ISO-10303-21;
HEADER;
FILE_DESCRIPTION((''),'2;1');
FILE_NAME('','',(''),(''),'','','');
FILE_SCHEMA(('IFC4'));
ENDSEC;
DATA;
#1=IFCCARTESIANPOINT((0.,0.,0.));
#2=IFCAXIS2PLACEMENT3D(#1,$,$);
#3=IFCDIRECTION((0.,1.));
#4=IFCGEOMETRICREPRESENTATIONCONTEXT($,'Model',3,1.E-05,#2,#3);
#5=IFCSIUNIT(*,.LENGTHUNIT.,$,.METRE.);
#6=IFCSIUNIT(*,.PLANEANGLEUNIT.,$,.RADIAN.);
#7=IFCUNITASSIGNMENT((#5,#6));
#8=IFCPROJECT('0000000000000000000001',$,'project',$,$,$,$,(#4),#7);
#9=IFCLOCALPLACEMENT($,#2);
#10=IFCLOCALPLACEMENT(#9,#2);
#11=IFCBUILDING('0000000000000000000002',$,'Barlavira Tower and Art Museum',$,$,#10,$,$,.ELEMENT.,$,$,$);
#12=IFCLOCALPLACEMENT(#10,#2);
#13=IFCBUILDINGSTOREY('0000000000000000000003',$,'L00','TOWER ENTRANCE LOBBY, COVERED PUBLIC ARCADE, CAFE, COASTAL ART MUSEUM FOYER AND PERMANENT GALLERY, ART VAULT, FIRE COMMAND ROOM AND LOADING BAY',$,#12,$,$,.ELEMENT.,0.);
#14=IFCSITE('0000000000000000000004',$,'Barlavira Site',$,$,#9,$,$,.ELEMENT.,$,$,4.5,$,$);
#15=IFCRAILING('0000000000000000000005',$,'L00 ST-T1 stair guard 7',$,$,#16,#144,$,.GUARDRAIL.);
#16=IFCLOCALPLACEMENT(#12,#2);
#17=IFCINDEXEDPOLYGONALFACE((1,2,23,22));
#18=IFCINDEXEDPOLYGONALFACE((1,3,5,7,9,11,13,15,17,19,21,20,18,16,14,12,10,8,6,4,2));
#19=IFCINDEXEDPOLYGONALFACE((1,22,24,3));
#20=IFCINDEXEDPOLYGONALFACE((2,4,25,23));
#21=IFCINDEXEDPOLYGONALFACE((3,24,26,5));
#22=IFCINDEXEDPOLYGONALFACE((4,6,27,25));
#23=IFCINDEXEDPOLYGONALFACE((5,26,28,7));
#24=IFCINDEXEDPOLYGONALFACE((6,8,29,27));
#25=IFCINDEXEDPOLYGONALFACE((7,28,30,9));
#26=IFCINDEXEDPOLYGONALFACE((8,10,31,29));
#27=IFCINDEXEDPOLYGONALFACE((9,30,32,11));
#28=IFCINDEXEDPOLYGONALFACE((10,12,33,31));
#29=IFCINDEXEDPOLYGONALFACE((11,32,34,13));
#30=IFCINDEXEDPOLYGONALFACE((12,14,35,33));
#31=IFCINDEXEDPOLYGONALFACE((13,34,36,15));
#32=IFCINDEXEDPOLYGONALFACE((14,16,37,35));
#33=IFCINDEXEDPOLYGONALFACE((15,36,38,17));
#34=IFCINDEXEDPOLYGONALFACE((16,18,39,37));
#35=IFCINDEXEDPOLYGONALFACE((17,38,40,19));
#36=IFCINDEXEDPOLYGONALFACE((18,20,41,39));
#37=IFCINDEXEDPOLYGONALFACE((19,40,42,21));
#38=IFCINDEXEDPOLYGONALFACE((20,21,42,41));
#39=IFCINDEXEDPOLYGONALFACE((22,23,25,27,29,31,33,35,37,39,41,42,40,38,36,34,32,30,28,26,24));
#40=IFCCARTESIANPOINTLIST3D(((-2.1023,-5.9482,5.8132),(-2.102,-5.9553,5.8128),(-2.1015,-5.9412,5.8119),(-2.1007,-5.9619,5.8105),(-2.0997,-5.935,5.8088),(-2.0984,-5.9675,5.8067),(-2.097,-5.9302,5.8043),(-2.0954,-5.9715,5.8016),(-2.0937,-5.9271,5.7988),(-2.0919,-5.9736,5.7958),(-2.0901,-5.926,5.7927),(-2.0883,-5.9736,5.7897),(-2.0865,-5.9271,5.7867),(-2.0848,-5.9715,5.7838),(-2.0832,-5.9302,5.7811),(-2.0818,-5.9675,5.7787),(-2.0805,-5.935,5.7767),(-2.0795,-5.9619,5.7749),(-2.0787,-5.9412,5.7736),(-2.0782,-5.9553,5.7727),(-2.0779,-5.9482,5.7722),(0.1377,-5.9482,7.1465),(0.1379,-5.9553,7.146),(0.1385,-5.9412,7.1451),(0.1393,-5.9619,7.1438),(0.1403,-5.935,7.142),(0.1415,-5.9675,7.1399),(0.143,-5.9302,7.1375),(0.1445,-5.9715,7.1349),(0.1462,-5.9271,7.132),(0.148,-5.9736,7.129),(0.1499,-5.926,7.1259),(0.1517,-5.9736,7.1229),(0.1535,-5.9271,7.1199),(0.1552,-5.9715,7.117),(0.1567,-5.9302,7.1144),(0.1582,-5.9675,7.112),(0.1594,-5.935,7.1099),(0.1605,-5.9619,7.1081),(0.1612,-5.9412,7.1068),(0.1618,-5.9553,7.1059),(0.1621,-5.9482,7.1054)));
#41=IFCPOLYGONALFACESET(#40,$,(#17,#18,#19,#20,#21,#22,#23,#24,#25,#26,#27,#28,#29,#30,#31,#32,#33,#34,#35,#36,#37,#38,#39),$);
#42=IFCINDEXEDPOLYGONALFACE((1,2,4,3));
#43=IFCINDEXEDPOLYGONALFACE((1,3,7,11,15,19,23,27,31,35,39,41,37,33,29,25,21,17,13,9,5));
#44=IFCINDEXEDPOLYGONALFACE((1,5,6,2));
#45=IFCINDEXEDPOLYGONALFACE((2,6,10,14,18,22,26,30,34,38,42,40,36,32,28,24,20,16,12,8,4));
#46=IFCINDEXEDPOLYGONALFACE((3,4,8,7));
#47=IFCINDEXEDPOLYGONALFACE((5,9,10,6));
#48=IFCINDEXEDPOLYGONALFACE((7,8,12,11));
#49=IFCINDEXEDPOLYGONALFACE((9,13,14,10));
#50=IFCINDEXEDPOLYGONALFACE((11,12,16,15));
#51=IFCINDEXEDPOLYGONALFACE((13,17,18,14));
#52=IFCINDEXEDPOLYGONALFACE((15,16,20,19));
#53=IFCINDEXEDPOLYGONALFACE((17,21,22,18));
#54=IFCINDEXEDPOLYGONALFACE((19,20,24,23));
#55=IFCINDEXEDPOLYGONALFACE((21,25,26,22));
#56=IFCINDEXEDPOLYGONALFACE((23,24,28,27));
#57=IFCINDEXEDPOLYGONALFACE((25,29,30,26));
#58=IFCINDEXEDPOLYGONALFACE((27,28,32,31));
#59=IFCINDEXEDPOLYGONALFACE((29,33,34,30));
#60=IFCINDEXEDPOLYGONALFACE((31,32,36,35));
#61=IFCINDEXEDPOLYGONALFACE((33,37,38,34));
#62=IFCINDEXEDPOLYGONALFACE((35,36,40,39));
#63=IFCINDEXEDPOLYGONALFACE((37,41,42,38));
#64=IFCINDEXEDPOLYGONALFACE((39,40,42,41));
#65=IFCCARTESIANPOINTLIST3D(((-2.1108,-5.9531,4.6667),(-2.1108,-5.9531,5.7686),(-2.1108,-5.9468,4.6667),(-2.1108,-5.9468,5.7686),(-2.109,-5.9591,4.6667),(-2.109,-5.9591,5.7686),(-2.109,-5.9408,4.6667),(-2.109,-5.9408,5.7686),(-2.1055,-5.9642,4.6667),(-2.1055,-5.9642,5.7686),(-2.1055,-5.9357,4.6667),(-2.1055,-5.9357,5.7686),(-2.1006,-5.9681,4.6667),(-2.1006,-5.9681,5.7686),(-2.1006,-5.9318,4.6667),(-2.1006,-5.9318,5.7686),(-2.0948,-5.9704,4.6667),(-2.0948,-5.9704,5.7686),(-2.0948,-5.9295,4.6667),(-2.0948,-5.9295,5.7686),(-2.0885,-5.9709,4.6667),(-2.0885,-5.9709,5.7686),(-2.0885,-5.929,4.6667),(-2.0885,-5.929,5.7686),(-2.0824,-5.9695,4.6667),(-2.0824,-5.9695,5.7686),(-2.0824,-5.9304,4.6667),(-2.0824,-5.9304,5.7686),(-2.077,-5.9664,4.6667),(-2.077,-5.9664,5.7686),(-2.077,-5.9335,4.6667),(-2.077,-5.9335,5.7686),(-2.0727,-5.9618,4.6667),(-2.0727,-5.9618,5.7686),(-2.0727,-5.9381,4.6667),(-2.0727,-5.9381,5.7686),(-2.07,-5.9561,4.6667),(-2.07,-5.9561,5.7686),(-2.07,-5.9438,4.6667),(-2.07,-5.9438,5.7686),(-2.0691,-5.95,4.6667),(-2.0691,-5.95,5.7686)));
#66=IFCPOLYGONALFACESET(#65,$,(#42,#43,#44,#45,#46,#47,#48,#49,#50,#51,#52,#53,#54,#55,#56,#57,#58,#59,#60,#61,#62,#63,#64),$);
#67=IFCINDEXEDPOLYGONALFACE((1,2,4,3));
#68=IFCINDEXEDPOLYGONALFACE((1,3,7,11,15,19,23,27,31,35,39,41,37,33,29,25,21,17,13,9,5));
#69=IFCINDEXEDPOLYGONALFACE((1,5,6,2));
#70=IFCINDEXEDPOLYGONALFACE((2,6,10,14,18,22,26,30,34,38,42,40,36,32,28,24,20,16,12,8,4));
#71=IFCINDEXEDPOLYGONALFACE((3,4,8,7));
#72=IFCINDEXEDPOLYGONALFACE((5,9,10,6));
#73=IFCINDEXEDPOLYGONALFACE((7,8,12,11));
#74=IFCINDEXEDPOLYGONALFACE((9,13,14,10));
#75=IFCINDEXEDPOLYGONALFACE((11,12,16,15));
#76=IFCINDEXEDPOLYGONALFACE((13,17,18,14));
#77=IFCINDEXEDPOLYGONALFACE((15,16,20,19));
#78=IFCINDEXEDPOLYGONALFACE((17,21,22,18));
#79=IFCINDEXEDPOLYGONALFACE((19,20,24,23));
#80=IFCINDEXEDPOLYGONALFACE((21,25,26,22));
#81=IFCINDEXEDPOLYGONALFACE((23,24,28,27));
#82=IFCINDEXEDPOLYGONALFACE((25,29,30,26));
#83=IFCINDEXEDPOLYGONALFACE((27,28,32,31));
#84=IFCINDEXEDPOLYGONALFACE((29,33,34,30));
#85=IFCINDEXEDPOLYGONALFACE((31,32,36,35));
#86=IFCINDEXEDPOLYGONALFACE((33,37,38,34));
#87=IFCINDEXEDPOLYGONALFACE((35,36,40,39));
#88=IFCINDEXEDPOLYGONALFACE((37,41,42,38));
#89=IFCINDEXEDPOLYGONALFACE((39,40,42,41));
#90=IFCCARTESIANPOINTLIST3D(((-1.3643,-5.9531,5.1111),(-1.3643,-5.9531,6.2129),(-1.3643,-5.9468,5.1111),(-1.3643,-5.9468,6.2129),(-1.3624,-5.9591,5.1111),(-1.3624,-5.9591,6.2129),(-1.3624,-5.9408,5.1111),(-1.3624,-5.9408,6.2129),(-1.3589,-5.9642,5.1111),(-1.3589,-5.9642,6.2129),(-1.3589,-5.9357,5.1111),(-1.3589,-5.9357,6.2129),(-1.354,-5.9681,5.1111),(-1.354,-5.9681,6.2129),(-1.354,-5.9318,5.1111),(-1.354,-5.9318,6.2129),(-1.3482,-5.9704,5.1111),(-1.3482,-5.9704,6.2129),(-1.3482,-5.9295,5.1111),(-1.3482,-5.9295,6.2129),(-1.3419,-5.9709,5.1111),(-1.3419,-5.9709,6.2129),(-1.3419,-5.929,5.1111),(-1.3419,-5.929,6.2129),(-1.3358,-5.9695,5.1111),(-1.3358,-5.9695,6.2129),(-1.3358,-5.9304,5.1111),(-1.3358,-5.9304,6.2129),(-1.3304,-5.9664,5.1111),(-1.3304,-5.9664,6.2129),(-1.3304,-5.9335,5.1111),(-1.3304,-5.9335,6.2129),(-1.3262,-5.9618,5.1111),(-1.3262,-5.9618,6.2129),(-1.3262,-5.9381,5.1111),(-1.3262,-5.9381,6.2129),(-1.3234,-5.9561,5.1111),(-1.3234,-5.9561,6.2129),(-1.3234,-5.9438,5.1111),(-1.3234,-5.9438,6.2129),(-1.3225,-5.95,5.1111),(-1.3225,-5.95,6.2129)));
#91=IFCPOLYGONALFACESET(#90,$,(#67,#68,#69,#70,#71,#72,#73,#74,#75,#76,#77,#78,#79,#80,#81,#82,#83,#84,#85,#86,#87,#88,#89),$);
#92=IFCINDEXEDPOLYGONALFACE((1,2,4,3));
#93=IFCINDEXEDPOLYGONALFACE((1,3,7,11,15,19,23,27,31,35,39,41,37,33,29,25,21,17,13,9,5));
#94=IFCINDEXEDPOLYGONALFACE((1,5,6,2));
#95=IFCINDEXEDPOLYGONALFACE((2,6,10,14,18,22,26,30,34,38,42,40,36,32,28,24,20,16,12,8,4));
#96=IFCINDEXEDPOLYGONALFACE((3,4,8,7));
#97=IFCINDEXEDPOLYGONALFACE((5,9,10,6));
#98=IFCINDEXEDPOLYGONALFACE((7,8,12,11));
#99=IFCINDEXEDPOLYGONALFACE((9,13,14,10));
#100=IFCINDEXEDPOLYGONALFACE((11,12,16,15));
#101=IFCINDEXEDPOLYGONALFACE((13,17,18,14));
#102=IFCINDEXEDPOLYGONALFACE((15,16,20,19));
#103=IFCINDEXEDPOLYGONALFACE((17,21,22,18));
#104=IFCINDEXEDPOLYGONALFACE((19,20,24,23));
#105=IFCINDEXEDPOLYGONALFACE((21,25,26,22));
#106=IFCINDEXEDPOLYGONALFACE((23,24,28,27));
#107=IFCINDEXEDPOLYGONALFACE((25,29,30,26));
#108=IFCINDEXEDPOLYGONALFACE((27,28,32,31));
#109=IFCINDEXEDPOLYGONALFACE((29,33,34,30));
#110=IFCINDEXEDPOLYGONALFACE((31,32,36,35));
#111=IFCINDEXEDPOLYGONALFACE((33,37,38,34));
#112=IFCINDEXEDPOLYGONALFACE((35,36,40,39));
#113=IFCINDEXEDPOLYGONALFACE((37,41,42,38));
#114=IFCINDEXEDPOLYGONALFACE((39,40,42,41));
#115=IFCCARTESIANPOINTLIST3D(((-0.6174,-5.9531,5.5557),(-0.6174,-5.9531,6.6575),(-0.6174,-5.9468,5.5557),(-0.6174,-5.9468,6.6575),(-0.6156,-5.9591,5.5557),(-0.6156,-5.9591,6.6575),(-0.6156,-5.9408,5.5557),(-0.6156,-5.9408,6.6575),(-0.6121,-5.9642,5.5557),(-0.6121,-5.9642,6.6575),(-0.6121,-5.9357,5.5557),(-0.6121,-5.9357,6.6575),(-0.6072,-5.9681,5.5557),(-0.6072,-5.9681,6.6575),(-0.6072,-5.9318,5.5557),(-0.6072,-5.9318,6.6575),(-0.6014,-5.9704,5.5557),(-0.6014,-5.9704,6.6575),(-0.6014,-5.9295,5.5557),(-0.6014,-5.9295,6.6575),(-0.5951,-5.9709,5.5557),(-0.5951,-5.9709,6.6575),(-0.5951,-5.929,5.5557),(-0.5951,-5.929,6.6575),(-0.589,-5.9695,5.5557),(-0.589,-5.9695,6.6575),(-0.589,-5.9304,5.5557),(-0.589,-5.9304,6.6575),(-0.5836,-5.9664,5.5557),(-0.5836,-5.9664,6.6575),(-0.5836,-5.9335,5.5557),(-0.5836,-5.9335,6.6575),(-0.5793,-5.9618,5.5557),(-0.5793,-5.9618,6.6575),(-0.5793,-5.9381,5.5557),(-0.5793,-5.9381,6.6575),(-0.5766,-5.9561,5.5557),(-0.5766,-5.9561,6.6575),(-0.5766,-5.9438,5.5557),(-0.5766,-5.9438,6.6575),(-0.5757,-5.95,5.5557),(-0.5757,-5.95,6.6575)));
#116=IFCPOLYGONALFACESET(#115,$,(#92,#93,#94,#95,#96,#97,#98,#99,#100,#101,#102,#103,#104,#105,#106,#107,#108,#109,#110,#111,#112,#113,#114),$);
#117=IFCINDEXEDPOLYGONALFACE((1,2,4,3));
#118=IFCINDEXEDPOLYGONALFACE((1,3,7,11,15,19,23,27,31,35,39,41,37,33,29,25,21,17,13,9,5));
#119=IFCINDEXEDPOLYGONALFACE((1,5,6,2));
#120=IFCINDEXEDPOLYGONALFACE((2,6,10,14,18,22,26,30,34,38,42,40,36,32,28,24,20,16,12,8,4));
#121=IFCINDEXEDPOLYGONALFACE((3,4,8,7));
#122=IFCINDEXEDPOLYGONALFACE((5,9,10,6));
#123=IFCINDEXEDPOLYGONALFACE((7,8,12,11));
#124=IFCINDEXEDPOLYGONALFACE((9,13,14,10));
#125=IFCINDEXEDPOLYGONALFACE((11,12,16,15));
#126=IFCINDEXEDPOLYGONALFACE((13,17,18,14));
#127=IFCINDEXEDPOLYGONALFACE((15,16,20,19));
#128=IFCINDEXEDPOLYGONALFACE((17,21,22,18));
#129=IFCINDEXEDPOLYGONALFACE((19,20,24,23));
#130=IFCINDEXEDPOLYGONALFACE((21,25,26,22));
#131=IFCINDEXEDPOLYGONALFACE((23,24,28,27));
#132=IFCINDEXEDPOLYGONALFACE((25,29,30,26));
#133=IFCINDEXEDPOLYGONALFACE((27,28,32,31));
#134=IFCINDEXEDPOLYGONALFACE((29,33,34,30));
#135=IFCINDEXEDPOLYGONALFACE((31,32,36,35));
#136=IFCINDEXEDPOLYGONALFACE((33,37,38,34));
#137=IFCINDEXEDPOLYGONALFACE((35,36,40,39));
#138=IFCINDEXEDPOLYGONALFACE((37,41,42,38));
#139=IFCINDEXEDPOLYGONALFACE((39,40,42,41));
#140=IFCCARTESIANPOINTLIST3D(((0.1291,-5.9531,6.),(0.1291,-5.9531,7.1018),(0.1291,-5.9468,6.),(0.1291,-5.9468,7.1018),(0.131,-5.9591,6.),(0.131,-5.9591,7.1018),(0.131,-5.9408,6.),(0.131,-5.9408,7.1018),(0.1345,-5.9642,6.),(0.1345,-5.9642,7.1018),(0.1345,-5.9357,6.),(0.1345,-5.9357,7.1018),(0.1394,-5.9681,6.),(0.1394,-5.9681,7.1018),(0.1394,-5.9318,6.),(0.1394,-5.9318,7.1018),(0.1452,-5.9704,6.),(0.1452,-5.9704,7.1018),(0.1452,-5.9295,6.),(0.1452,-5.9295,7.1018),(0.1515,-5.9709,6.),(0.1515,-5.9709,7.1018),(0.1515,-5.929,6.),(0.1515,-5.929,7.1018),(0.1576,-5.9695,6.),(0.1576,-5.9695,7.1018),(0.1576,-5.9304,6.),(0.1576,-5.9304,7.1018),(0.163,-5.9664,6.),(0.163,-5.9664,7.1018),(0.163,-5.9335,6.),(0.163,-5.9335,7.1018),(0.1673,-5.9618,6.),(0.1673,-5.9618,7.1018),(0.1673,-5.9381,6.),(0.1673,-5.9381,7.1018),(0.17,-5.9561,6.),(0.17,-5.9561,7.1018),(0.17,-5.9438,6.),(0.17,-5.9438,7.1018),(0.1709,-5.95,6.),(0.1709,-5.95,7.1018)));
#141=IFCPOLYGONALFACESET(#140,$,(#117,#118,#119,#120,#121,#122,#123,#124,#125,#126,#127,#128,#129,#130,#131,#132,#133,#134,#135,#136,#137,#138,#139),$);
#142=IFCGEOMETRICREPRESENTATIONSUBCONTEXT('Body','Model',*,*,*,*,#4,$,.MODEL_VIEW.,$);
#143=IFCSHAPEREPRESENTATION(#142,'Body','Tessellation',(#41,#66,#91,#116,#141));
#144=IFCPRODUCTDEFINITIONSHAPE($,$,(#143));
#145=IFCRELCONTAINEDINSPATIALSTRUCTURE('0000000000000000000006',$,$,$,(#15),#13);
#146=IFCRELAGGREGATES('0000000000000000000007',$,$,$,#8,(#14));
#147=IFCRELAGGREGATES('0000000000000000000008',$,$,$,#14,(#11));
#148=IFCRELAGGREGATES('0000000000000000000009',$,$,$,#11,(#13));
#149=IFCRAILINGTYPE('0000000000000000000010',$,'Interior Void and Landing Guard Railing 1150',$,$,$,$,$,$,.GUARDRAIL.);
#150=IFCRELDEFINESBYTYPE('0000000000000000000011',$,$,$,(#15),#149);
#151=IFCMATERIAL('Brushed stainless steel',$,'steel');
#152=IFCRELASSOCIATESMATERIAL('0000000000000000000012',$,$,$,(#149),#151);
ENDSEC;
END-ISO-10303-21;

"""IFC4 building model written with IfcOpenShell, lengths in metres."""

from ifc_helpers import new_model, si_unit, direction, frame, origin, origin_2d, place, context, subcontext, project, spatial, circle, extrude, material, type_object, element, save


model = new_model("IFC4")

# Units and contexts
model_context = context("Model", 3, precision=1e-05, world=origin(), true_north=direction((0.0, 1.0)))
body_context = subcontext(model_context, "Body", "Model", "MODEL_VIEW")
ifc_project = project(units=[si_unit("LENGTHUNIT", "METRE"), si_unit("PLANEANGLEUNIT", "RADIAN")], contexts=[model_context])

# Site, building, storey
site_placement = place(None, origin())
site = spatial("IfcSite", under=ifc_project, at=site_placement, Name="Barlavira Site", CompositionType="ELEMENT", RefElevation=4.5)
building_placement = place(site_placement, origin())
building = spatial("IfcBuilding", under=site, at=building_placement, Name="Barlavira Tower and Art Museum", CompositionType="ELEMENT")
storey_placement = place(building_placement, origin())
storey = spatial("IfcBuildingStorey", under=building, at=storey_placement, Name="L00", Description="TOWER ENTRANCE LOBBY, COVERED PUBLIC ARCADE, CAFE, COASTAL ART MUSEUM FOYER AND PERMANENT GALLERY, ART VAULT, FIRE COMMAND ROOM AND LOADING BAY", CompositionType="ELEMENT", Elevation=0.0)

# Shared definitions
ifc_material_1 = material(Name="Brushed stainless steel", Category="steel")

# Railing
railing_type_1 = type_object("IfcRailingType", Name="Interior Void and Landing Guard Railing 1150", PredefinedType="GUARDRAIL", material=ifc_material_1)
railing_1_placement = place(storey_placement, frame((-2.0901, -5.95, 4.6667)))
element("IfcRailing", 1, at=railing_1_placement, inside=storey, type_object=railing_type_1, Name="L00 ST-T1 stair guard 7", PredefinedType="GUARDRAIL", context=body_context, shape_type="SweptSolid", body=[
    extrude(circle(Radius=0.0239, at=origin_2d()), frame((0.0, 0.0, 1.126), z_axis=(0.859306, 0.0, 0.511462), x_axis=(0.0, 1.0, 0.0)), (0.0, 0.0, 1.0), 2.6067),
    extrude(circle(Radius=0.021, at=origin_2d()), origin(), (0.0, 0.0, 1.0), 1.1018),
    extrude(circle(Radius=0.021, at=origin_2d()), frame((0.7466, 0.0, 0.4443)), (0.0, 0.0, 1.0), 1.1018),
    extrude(circle(Radius=0.021, at=origin_2d()), frame((1.4934, 0.0, 0.8889)), (0.0, 0.0, 1.0), 1.1018),
    extrude(circle(Radius=0.021, at=origin_2d()), frame((2.24, 0.0, 1.3333)), (0.0, 0.0, 1.0), 1.1018),
])

save(model, "model.ifc")
